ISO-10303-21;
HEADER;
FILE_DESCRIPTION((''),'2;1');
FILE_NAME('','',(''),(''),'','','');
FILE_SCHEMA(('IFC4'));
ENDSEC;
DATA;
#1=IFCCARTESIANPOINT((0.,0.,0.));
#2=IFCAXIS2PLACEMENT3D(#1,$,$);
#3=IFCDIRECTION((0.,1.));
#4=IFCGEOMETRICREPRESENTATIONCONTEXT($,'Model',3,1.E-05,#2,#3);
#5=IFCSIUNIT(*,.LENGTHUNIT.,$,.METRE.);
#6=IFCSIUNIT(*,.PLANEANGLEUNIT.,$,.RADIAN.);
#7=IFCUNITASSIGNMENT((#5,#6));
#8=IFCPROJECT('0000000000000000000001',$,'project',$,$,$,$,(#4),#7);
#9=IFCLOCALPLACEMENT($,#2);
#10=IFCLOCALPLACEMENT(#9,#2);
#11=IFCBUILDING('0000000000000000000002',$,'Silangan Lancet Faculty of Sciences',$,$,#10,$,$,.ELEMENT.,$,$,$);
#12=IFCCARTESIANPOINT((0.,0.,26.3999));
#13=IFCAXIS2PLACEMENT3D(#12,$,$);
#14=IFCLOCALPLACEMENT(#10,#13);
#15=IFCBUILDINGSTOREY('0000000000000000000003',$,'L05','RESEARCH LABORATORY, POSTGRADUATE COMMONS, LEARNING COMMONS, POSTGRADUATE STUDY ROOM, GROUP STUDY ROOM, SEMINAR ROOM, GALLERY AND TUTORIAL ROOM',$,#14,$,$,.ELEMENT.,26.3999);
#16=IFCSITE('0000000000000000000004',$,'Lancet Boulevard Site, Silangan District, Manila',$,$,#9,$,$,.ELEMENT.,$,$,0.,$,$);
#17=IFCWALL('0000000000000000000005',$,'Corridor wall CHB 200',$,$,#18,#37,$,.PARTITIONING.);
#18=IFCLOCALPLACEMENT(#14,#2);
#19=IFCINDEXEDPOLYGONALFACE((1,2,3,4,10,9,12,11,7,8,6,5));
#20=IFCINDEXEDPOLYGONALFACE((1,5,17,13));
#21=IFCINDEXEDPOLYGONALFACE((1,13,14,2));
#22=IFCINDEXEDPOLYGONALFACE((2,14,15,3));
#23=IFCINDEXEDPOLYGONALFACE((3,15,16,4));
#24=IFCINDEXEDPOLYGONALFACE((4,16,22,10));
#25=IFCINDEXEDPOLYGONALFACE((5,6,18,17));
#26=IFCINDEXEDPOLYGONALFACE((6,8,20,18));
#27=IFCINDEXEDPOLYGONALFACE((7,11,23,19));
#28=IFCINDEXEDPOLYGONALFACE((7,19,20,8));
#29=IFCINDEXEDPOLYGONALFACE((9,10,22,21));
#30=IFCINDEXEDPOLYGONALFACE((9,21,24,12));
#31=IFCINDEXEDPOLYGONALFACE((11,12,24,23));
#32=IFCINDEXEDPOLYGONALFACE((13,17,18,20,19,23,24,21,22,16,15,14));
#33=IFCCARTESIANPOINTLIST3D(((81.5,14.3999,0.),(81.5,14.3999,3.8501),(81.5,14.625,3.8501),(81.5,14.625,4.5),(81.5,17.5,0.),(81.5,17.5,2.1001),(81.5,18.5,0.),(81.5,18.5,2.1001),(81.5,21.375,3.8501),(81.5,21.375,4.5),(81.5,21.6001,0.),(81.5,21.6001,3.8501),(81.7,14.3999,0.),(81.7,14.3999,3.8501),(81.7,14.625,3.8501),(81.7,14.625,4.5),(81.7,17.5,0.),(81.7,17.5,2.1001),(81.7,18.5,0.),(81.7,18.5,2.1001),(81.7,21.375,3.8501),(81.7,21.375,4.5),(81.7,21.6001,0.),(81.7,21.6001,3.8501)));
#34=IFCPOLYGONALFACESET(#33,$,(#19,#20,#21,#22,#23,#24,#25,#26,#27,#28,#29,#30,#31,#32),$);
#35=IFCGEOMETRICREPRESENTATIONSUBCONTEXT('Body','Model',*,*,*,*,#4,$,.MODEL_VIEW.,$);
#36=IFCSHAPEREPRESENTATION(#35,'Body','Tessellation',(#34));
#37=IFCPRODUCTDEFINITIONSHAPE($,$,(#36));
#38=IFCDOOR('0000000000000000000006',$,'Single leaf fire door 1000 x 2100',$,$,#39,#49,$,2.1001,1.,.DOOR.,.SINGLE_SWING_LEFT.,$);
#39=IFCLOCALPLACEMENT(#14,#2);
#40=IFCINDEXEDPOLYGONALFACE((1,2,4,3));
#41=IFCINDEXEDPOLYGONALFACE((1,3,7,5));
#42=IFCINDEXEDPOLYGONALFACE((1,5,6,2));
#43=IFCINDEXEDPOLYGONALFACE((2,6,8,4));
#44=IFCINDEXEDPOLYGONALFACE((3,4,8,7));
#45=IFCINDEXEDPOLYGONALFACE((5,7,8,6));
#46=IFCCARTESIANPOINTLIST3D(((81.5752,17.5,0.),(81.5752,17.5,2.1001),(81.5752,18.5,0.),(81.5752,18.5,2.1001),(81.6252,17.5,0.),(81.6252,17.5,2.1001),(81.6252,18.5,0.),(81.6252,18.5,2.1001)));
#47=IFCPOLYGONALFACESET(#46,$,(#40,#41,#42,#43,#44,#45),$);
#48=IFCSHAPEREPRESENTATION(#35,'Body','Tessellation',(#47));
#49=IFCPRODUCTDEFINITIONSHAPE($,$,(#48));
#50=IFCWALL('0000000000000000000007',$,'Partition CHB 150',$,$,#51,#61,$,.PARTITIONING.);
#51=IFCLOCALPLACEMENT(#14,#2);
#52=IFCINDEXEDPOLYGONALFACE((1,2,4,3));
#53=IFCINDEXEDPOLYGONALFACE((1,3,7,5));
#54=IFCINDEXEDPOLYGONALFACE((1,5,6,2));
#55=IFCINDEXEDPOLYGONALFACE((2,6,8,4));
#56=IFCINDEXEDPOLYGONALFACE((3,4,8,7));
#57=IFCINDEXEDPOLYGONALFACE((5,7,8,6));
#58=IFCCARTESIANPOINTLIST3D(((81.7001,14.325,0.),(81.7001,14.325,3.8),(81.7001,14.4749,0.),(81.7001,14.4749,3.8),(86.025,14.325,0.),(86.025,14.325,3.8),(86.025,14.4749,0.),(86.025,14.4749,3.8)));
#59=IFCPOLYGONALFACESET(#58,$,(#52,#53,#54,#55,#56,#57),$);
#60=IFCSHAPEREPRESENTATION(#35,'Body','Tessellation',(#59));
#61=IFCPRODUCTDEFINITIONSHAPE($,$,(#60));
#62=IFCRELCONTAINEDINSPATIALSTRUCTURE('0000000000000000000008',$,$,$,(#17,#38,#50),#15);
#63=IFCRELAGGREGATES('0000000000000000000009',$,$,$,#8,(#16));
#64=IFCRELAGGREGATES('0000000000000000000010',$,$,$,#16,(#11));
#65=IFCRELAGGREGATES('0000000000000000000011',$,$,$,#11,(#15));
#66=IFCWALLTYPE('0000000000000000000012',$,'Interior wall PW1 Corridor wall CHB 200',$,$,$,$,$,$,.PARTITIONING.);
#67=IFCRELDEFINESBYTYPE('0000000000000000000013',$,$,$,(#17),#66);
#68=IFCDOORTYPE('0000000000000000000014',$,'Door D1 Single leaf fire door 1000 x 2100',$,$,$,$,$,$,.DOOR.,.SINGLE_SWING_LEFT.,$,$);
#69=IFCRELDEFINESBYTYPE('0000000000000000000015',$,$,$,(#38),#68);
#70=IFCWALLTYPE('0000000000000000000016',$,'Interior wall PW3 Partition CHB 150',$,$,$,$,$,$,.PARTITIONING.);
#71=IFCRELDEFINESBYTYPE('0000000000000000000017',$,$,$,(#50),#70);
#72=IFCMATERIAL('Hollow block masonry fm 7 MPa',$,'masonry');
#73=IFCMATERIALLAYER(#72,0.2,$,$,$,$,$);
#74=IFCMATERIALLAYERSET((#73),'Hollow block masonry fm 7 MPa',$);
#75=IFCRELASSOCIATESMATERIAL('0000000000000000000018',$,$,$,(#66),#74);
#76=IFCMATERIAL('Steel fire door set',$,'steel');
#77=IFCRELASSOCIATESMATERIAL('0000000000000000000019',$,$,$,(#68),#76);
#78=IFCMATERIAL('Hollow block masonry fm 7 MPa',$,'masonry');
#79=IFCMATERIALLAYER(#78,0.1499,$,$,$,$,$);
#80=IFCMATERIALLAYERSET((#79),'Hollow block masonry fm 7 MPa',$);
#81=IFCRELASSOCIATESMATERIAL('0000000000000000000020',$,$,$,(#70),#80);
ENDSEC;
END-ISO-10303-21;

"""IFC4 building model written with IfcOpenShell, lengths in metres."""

from ifc_helpers import new_model, si_unit, direction, frame, frame_2d, origin, place, context, subcontext, project, spatial, polyline, rectangle, outline, extrude, material, layer, layer_set, type_object, element, fill, save


model = new_model("IFC4")

# Units and contexts
model_context = context("Model", 3, precision=1e-05, world=origin(), true_north=direction((0.0, 1.0)))
body_context = subcontext(model_context, "Body", "Model", "MODEL_VIEW")
ifc_project = project(units=[si_unit("LENGTHUNIT", "METRE"), si_unit("PLANEANGLEUNIT", "RADIAN")], contexts=[model_context])

# Site, building, storey
site_placement = place(None, origin())
site = spatial("IfcSite", under=ifc_project, at=site_placement, Name="Lancet Boulevard Site, Silangan District, Manila", CompositionType="ELEMENT", RefElevation=0.0)
building_placement = place(site_placement, origin())
building = spatial("IfcBuilding", under=site, at=building_placement, Name="Silangan Lancet Faculty of Sciences", CompositionType="ELEMENT")
storey_placement = place(building_placement, frame((0.0, 0.0, 26.3999)))
storey = spatial("IfcBuildingStorey", under=building, at=storey_placement, Name="L05", Description="RESEARCH LABORATORY, POSTGRADUATE COMMONS, LEARNING COMMONS, POSTGRADUATE STUDY ROOM, GROUP STUDY ROOM, SEMINAR ROOM, GALLERY AND TUTORIAL ROOM", CompositionType="ELEMENT", Elevation=26.3999)

# Wall, opening, door
ifc_material_1 = material(Name="Hollow block masonry fm 7 MPa", Category="masonry")
ifc_layer_1 = layer(ifc_material_1, 0.2)
ifc_layer_set_1 = layer_set([ifc_layer_1], Name="Hollow block masonry fm 7 MPa")
wall_type_1 = type_object("IfcWallType", Name="Interior wall PW1 Corridor wall CHB 200", PredefinedType="PARTITIONING", material=ifc_layer_set_1)
ifc_material_2 = material(Name="Steel fire door set", Category="steel")
door_type = type_object("IfcDoorType", Name="Door D1 Single leaf fire door 1000 x 2100", OperationType="SINGLE_SWING_LEFT", PredefinedType="DOOR", material=ifc_material_2)
wall_1_placement = place(storey_placement, frame((81.6001, 14.3999, 0.0), z_axis=(0.0, 0.0, 1.0), x_axis=(0.0, 1.0, 0.0)))
wall_1 = element("IfcWall", 1, at=wall_1_placement, inside=storey, type_object=wall_type_1, Name="Corridor wall CHB 200", PredefinedType="PARTITIONING", context=body_context, shape_type="SweptSolid", body=[
    extrude(outline(polyline([(0.0, 0.0), (7.2002, 0.0), (7.2002, 3.8501), (6.9751, 3.8501), (6.9751, 4.5), (0.2251, 4.5), (0.2251, 3.8501), (0.0, 3.8501), (0.0, 0.0)])), frame((0.0, 0.1001, 0.0), z_axis=(0.0, -1.0, 0.0), x_axis=(1.0, 0.0, 0.0)), (0.0, 0.0, 1.0), 0.2),
])
opening_1_placement = place(wall_1_placement, frame((3.1001, 0.0, 0.0)))
opening_1 = element("IfcOpeningElement", 2, at=opening_1_placement, cuts=wall_1, PredefinedType="OPENING", context=body_context, shape_type="SweptSolid", body=[
    extrude(rectangle(XDim=1.0, YDim=2.1001, at=frame_2d((0.5, 1.05))), frame((0.0, 0.1099, 0.0), z_axis=(0.0, -1.0, 0.0), x_axis=(1.0, 0.0, 0.0)), (0.0, 0.0, 1.0), 0.22),
])
door_1_placement = place(opening_1_placement, frame((1.0, 0.0, 0.0), z_axis=(0.0, 0.0, 1.0), x_axis=(-1.0, 0.0, 0.0)))
door_1 = element("IfcDoor", 3, at=door_1_placement, inside=storey, type_object=door_type, Name="Single leaf fire door 1000 x 2100", OperationType="SINGLE_SWING_LEFT", OverallHeight=2.1001, OverallWidth=1.0, PredefinedType="DOOR", context=body_context, shape_type="SweptSolid", body=[
    extrude(rectangle(XDim=1.0, YDim=2.1001, at=frame_2d((0.5, 1.05))), frame((0.0, 0.0251, 0.0), z_axis=(0.0, -1.0, 0.0), x_axis=(1.0, 0.0, 0.0)), (0.0, 0.0, 1.0), 0.05),
])
fill(opening_1, door_1)

# Wall
ifc_material_3 = material(Name="Hollow block masonry fm 7 MPa", Category="masonry")
ifc_layer_2 = layer(ifc_material_3, 0.1499)
ifc_layer_set_2 = layer_set([ifc_layer_2], Name="Hollow block masonry fm 7 MPa")
wall_type_2 = type_object("IfcWallType", Name="Interior wall PW3 Partition CHB 150", PredefinedType="PARTITIONING", material=ifc_layer_set_2)
wall_2_placement = place(storey_placement, frame((81.7, 14.3999, 0.0), z_axis=(0.0, 0.0, 1.0), x_axis=(1.0, 0.0, 0.0)))
element("IfcWall", 4, at=wall_2_placement, inside=storey, type_object=wall_type_2, Name="Partition CHB 150", PredefinedType="PARTITIONING", context=body_context, shape_type="SweptSolid", body=[
    extrude(rectangle(XDim=4.325, YDim=0.1499, at=frame_2d((2.1626, 0.0))), origin(), (0.0, 0.0, 1.0), 3.8),
])

save(model, "model.ifc")
